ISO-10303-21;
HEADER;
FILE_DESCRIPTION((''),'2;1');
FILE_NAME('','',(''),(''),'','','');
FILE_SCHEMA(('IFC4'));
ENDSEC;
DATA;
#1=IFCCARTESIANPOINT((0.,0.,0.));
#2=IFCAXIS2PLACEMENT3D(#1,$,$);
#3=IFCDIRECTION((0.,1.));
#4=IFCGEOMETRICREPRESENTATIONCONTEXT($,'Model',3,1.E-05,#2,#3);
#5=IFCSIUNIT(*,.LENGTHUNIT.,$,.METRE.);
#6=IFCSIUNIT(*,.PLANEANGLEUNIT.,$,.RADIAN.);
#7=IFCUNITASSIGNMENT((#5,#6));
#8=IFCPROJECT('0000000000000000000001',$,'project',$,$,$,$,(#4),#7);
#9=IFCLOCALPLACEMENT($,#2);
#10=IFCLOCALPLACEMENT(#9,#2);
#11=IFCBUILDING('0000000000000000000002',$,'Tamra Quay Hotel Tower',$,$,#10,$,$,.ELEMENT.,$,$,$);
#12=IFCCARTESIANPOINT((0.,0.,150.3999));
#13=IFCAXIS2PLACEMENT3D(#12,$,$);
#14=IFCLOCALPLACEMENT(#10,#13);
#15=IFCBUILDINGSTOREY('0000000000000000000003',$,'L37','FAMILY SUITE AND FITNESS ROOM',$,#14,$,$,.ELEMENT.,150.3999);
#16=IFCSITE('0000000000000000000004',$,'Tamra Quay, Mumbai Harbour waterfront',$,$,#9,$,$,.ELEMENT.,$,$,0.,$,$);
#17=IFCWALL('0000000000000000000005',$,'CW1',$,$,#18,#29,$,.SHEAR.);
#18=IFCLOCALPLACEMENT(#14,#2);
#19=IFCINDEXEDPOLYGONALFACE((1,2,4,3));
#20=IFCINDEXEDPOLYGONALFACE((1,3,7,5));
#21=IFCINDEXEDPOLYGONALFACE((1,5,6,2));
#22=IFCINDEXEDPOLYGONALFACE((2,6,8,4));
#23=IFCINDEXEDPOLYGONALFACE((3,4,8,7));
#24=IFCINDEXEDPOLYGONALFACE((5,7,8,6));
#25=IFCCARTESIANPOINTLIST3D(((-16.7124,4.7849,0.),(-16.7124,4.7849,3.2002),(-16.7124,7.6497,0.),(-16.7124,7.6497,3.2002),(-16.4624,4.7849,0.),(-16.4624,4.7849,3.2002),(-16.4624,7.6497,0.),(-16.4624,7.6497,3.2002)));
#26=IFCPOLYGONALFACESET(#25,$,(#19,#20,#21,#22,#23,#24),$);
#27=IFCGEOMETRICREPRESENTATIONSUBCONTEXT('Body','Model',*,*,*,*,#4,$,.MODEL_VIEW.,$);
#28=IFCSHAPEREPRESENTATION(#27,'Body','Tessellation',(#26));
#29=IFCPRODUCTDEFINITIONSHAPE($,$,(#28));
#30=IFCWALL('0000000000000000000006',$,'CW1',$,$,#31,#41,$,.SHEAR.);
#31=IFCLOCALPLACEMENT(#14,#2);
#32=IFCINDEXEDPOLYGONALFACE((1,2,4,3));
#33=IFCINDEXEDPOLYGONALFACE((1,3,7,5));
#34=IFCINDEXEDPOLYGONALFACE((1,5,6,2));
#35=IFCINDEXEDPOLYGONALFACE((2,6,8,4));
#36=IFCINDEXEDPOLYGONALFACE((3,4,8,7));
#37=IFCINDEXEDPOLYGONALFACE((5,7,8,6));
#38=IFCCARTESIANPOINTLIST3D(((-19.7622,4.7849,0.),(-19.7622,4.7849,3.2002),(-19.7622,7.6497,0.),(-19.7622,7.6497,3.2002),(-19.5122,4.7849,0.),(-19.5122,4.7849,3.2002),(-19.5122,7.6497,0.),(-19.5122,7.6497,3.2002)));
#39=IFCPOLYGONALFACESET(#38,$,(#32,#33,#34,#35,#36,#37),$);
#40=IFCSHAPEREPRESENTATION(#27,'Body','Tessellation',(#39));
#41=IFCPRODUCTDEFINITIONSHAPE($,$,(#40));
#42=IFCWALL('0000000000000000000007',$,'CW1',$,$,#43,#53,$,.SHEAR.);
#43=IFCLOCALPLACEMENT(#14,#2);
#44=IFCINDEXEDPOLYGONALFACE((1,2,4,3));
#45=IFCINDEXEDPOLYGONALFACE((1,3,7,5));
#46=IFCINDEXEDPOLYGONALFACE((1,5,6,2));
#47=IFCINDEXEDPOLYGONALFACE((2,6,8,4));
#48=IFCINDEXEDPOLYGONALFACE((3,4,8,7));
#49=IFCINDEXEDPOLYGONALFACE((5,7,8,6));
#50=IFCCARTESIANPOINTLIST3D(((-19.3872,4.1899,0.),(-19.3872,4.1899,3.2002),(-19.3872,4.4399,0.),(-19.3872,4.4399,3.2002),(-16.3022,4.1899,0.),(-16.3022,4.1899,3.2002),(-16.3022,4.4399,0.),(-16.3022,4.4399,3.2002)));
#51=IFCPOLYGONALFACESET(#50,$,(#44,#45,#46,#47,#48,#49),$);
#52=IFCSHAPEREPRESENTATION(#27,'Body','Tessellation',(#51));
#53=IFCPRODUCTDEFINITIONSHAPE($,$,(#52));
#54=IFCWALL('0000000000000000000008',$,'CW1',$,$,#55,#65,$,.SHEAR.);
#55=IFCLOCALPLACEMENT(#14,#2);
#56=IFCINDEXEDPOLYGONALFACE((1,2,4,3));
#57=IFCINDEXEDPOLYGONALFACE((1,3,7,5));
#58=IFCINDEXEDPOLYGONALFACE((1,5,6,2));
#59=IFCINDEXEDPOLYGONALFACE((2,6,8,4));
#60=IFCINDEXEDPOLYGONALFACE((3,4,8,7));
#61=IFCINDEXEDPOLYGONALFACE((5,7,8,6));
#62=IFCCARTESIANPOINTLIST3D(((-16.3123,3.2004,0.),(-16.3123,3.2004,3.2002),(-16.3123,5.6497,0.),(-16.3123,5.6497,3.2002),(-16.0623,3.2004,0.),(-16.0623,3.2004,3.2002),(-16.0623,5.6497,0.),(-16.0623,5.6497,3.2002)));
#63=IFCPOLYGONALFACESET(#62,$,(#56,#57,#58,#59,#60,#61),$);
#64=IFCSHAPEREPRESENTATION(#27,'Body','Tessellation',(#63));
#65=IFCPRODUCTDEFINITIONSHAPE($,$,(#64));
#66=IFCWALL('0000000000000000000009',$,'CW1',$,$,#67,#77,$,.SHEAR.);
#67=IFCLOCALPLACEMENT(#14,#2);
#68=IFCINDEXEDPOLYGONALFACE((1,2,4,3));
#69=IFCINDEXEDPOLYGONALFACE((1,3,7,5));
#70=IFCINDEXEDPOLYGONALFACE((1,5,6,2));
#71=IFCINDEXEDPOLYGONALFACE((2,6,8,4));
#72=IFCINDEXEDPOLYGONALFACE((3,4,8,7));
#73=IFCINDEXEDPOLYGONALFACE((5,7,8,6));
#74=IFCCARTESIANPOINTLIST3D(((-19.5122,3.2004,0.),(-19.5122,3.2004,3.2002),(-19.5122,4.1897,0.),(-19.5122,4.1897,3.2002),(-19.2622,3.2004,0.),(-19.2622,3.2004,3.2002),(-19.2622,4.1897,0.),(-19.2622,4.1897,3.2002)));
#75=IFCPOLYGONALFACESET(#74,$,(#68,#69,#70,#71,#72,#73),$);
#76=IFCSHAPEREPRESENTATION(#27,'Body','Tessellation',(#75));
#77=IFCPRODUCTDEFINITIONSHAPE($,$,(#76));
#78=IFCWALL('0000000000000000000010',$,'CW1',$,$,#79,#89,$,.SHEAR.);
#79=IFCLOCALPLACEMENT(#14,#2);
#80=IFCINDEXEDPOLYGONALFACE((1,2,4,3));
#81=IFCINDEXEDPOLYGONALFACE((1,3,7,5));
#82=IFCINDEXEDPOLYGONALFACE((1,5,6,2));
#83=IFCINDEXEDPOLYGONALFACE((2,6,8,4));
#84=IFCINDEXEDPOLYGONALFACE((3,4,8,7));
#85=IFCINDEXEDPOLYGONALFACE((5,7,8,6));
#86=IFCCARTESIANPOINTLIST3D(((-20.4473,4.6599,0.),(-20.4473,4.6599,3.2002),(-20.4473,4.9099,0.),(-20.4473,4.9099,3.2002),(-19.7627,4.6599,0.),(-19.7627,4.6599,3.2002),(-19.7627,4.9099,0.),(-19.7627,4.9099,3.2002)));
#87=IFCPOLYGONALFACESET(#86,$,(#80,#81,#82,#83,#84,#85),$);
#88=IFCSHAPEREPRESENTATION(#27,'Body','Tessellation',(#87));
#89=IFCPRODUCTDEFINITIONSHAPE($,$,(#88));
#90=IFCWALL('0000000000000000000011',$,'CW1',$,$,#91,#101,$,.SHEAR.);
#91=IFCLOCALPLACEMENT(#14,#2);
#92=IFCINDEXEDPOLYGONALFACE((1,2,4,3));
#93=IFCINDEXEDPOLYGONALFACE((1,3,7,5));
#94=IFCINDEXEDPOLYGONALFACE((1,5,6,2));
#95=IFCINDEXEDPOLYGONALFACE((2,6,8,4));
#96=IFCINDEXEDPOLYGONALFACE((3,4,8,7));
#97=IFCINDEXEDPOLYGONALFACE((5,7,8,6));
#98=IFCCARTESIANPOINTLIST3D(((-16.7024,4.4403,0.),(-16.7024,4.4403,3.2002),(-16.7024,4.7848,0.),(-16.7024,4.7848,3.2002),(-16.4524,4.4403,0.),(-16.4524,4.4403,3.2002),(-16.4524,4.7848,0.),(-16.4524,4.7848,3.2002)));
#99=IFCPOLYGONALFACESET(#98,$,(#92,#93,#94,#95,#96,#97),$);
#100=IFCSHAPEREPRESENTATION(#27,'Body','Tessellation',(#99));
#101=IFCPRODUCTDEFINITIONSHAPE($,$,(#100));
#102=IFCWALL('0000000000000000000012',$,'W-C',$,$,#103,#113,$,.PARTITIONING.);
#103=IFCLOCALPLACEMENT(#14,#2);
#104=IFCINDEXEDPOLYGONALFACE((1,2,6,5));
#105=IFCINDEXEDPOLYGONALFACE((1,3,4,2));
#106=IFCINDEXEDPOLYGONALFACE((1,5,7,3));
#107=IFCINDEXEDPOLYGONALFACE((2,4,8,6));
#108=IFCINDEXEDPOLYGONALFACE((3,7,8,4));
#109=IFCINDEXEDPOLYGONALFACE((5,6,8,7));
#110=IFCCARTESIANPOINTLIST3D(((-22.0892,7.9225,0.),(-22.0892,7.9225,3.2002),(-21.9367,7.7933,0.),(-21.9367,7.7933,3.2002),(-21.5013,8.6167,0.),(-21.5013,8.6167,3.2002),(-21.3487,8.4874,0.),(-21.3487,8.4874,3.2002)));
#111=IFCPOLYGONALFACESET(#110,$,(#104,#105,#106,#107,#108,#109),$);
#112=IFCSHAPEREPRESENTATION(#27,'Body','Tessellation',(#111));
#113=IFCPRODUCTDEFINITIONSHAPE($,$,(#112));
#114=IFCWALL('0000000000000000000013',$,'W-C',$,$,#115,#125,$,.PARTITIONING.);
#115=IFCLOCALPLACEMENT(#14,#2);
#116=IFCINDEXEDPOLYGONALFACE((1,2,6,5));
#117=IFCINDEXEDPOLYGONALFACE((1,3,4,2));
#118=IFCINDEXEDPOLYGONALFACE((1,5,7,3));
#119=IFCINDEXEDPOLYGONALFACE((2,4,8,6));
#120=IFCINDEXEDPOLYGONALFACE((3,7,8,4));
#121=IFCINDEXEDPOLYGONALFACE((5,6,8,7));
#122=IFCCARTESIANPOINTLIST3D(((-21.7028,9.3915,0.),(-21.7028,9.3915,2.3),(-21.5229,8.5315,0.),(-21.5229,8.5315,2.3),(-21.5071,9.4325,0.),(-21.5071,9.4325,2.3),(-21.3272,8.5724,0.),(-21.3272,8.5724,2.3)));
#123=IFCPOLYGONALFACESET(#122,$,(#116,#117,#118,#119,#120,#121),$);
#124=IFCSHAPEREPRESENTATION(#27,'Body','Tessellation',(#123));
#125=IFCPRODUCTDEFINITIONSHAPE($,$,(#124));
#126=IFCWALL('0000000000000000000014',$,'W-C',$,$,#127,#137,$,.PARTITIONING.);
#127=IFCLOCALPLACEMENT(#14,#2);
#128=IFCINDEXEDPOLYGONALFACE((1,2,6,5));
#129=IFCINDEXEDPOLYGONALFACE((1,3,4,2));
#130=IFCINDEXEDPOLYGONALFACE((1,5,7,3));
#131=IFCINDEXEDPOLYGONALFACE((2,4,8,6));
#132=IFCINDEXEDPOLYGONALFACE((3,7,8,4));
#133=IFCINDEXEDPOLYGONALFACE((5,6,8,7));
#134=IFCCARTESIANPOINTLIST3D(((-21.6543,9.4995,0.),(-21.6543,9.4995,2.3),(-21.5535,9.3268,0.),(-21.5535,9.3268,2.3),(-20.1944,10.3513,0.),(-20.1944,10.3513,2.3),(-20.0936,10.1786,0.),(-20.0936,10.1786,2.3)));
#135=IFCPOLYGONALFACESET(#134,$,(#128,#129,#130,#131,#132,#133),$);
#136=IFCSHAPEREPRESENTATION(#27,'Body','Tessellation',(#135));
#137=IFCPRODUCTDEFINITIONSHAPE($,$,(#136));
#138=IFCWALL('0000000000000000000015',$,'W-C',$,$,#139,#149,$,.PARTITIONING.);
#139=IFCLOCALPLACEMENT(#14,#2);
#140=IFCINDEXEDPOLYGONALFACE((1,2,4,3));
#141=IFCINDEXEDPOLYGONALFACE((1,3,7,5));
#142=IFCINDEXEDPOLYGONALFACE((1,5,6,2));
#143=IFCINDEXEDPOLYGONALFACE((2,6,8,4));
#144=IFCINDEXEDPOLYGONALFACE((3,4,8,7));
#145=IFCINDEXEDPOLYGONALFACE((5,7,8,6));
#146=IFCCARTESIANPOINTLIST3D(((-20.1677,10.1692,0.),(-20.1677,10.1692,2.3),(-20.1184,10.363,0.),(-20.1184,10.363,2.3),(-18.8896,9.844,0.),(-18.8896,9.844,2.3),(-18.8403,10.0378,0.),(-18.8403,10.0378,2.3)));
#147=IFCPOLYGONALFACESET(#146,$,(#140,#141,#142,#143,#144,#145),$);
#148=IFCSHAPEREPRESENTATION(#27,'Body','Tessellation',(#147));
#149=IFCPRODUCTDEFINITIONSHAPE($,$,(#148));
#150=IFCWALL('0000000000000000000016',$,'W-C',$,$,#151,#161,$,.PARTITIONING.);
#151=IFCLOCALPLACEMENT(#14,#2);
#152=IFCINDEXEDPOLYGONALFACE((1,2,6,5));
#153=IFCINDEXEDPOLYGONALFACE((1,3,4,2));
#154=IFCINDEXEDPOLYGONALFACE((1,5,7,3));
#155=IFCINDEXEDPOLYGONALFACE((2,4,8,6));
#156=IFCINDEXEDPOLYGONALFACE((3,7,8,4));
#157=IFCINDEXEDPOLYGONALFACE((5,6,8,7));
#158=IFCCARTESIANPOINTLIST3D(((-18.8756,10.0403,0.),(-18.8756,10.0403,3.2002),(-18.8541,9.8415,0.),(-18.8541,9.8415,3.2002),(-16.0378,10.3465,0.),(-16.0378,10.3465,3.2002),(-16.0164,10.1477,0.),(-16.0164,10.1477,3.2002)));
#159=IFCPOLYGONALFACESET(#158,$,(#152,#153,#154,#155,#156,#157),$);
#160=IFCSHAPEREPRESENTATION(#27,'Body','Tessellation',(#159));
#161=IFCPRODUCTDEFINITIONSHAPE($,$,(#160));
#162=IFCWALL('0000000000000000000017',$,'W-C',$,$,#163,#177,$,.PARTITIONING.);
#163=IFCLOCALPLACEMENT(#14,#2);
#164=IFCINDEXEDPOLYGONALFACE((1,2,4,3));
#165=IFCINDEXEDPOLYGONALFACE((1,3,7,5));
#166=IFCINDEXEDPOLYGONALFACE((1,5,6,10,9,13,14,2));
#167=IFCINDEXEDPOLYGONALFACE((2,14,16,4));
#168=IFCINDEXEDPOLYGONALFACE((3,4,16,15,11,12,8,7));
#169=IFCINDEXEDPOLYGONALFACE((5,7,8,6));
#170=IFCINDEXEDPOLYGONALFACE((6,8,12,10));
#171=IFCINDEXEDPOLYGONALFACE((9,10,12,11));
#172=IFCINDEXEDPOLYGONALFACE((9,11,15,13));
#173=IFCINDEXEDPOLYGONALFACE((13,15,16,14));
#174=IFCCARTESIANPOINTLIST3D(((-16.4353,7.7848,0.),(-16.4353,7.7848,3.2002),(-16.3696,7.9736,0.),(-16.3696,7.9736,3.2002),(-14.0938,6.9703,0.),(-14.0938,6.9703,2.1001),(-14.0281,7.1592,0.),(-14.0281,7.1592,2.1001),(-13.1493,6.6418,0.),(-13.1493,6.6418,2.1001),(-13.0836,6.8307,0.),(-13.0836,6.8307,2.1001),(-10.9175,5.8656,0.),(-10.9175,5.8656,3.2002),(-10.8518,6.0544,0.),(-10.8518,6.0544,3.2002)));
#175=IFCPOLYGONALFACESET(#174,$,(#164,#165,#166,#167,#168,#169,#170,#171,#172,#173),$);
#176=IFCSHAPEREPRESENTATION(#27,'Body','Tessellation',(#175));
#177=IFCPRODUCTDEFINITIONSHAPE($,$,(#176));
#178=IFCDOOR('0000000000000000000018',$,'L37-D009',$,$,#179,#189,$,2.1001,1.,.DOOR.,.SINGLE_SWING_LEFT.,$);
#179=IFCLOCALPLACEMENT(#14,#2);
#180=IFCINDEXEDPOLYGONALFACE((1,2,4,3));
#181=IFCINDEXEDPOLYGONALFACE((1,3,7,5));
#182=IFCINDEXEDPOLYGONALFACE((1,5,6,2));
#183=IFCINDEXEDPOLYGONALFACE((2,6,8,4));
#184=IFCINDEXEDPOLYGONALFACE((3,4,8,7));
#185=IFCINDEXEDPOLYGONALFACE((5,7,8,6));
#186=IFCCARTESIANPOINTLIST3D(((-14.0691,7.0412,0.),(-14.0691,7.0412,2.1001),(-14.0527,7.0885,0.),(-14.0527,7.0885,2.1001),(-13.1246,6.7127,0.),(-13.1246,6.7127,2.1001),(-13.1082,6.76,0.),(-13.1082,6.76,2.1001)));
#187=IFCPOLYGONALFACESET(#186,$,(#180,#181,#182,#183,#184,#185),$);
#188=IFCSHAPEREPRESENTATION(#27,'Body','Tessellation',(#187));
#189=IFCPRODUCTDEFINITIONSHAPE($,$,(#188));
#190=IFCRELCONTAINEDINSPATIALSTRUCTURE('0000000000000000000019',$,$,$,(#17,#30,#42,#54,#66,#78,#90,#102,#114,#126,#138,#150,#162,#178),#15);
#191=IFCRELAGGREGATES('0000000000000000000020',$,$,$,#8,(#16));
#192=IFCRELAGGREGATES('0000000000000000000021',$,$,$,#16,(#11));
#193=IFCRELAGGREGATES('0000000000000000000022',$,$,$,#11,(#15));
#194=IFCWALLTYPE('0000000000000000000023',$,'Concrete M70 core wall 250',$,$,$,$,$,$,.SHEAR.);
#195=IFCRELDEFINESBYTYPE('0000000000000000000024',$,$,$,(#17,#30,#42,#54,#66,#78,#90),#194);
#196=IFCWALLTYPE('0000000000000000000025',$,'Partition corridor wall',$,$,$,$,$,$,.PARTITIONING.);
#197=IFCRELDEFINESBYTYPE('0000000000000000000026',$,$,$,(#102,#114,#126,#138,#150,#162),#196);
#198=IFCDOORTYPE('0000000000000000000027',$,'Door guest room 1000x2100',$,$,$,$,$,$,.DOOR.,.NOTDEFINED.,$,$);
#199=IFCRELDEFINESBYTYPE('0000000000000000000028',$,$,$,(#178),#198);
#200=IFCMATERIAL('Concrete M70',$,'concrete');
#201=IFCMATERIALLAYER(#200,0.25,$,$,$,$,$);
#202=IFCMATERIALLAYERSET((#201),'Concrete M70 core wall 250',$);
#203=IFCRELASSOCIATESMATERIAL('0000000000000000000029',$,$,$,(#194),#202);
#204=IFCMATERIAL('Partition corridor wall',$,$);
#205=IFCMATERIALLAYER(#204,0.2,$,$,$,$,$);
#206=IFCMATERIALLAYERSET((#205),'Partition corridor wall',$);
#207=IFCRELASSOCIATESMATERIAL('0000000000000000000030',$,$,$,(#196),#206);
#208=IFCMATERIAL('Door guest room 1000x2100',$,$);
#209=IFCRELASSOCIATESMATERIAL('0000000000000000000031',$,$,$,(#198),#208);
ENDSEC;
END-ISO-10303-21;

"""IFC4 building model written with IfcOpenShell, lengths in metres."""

from ifc_helpers import new_model, si_unit, direction, frame, frame_2d, origin, place, context, subcontext, project, spatial, rectangle, extrude, material, layer, layer_set, type_object, element, fill, save


model = new_model("IFC4")

# Units and contexts
model_context = context("Model", 3, precision=1e-05, world=origin(), true_north=direction((0.0, 1.0)))
body_context = subcontext(model_context, "Body", "Model", "MODEL_VIEW")
ifc_project = project(units=[si_unit("LENGTHUNIT", "METRE"), si_unit("PLANEANGLEUNIT", "RADIAN")], contexts=[model_context])

# Site, building, storey
site_placement = place(None, origin())
site = spatial("IfcSite", under=ifc_project, at=site_placement, Name="Tamra Quay, Mumbai Harbour waterfront", CompositionType="ELEMENT", RefElevation=0.0)
building_placement = place(site_placement, origin())
building = spatial("IfcBuilding", under=site, at=building_placement, Name="Tamra Quay Hotel Tower", CompositionType="ELEMENT")
storey_placement = place(building_placement, frame((0.0, 0.0, 150.3999)))
storey = spatial("IfcBuildingStorey", under=building, at=storey_placement, Name="L37", Description="FAMILY SUITE AND FITNESS ROOM", CompositionType="ELEMENT", Elevation=150.3999)

# Shared definitions
ifc_material_1 = material(Name="Concrete M70", Category="concrete")

# Walls
ifc_layer_1 = layer(ifc_material_1, 0.25)
ifc_layer_set_1 = layer_set([ifc_layer_1], Name="Concrete M70 core wall 250")
wall_type_1 = type_object("IfcWallType", Name="Concrete M70 core wall 250", PredefinedType="SHEAR", material=ifc_layer_set_1)
for number, where, z_axis, x_axis, name in (
    (1, (-16.5874, 7.6497, 0.0), (0.0, 0.0, 1.0), (0.0, -1.0, 0.0), "CW1"),
    (2, (-19.6372, 4.7849, 0.0), (0.0, 0.0, 1.0), (0.0, 1.0, 0.0), "CW1"),
):
    element("IfcWall", number, at=place(storey_placement, frame(where, z_axis=z_axis, x_axis=x_axis)), inside=storey, type_object=wall_type_1, Name=name, PredefinedType="SHEAR", context=body_context, shape_type="SweptSolid", body=[
        extrude(rectangle(XDim=2.8647, YDim=0.25, at=frame_2d((1.4324, 0.0))), origin(), (0.0, 0.0, 1.0), 3.2002),
    ])
wall_1_placement = place(storey_placement, frame((-16.3022, 4.3149, 0.0), z_axis=(0.0, 0.0, 1.0), x_axis=(-1.0, 0.0, 0.0)))
element("IfcWall", 3, at=wall_1_placement, inside=storey, type_object=wall_type_1, Name="CW1", PredefinedType="SHEAR", context=body_context, shape_type="SweptSolid", body=[
    extrude(rectangle(XDim=3.085, YDim=0.25, at=frame_2d((1.5425, 0.0))), origin(), (0.0, 0.0, 1.0), 3.2002),
])
wall_2_placement = place(storey_placement, frame((-16.1873, 3.2004, 0.0), z_axis=(0.0, 0.0, 1.0), x_axis=(0.0, 1.0, 0.0)))
element("IfcWall", 4, at=wall_2_placement, inside=storey, type_object=wall_type_1, Name="CW1", PredefinedType="SHEAR", context=body_context, shape_type="SweptSolid", body=[
    extrude(rectangle(XDim=2.4492, YDim=0.25, at=frame_2d((1.2246, 0.0))), origin(), (0.0, 0.0, 1.0), 3.2002),
])
wall_3_placement = place(storey_placement, frame((-19.3872, 4.1897, 0.0), z_axis=(0.0, 0.0, 1.0), x_axis=(0.0, -1.0, 0.0)))
element("IfcWall", 5, at=wall_3_placement, inside=storey, type_object=wall_type_1, Name="CW1", PredefinedType="SHEAR", context=body_context, shape_type="SweptSolid", body=[
    extrude(rectangle(XDim=0.9893, YDim=0.25, at=frame_2d((0.4946, 0.0))), origin(), (0.0, 0.0, 1.0), 3.2002),
])
wall_4_placement = place(storey_placement, frame((-20.4473, 4.7849, 0.0), z_axis=(0.0, 0.0, 1.0), x_axis=(1.0, 0.0, 0.0)))
element("IfcWall", 6, at=wall_4_placement, inside=storey, type_object=wall_type_1, Name="CW1", PredefinedType="SHEAR", context=body_context, shape_type="SweptSolid", body=[
    extrude(rectangle(XDim=0.6846, YDim=0.25, at=frame_2d((0.3423, 0.0))), origin(), (0.0, 0.0, 1.0), 3.2002),
])
wall_5_placement = place(storey_placement, frame((-16.5774, 4.7849, 0.0), z_axis=(0.0, 0.0, 1.0), x_axis=(0.0, -1.0, 0.0)))
element("IfcWall", 7, at=wall_5_placement, inside=storey, type_object=wall_type_1, Name="CW1", PredefinedType="SHEAR", context=body_context, shape_type="SweptSolid", body=[
    extrude(rectangle(XDim=0.3445, YDim=0.25, at=frame_2d((0.1724, 0.0))), origin(), (0.0, 0.0, 1.0), 3.2002),
])
ifc_material_2 = material(Name="Partition corridor wall")
ifc_layer_2 = layer(ifc_material_2, 0.2)
ifc_layer_set_2 = layer_set([ifc_layer_2], Name="Partition corridor wall")
wall_type_2 = type_object("IfcWallType", Name="Partition corridor wall", PredefinedType="PARTITIONING", material=ifc_layer_set_2)
wall_6_placement = place(storey_placement, frame((-22.0129, 7.8579, 0.0), z_axis=(0.0, 0.0, 1.0), x_axis=(0.646315, 0.763071, 0.0)))
element("IfcWall", 8, at=wall_6_placement, inside=storey, type_object=wall_type_2, Name="W-C", PredefinedType="PARTITIONING", context=body_context, shape_type="SweptSolid", body=[
    extrude(rectangle(XDim=0.9097, YDim=0.2, at=frame_2d((0.4548, 0.0))), origin(), (0.0, 0.0, 1.0), 3.2002),
])
wall_7_placement = place(storey_placement, frame((-21.605, 9.4121, 0.0), z_axis=(0.0, 0.0, 1.0), x_axis=(0.204764, -0.978811, 0.0)))
element("IfcWall", 9, at=wall_7_placement, inside=storey, type_object=wall_type_2, Name="W-C", PredefinedType="PARTITIONING", context=body_context, shape_type="SweptSolid", body=[
    extrude(rectangle(XDim=0.8787, YDim=0.2, at=frame_2d((0.4395, 0.0))), origin(), (0.0, 0.0, 1.0), 2.3),
])
wall_8_placement = place(storey_placement, frame((-21.604, 9.4131, 0.0), z_axis=(0.0, 0.0, 1.0), x_axis=(0.863737, 0.503943, 0.0)))
element("IfcWall", 10, at=wall_8_placement, inside=storey, type_object=wall_type_2, Name="W-C", PredefinedType="PARTITIONING", context=body_context, shape_type="SweptSolid", body=[
    extrude(rectangle(XDim=1.6902, YDim=0.2, at=frame_2d((0.8452, 0.0))), origin(), (0.0, 0.0, 1.0), 2.3),
])
wall_9_placement = place(storey_placement, frame((-20.1431, 10.2661, 0.0), z_axis=(0.0, 0.0, 1.0), x_axis=(0.969121, -0.246584, 0.0)))
element("IfcWall", 11, at=wall_9_placement, inside=storey, type_object=wall_type_2, Name="W-C", PredefinedType="PARTITIONING", context=body_context, shape_type="SweptSolid", body=[
    extrude(rectangle(XDim=1.3188, YDim=0.2, at=frame_2d((0.6594, 0.0))), origin(), (0.0, 0.0, 1.0), 2.3),
])
wall_10_placement = place(storey_placement, frame((-18.865, 9.9409, 0.0), z_axis=(0.0, 0.0, 1.0), x_axis=(0.994231, 0.107258, 0.0)))
element("IfcWall", 12, at=wall_10_placement, inside=storey, type_object=wall_type_2, Name="W-C", PredefinedType="PARTITIONING", context=body_context, shape_type="SweptSolid", body=[
    extrude(rectangle(XDim=2.8542, YDim=0.2, at=frame_2d((1.4272, 0.0))), origin(), (0.0, 0.0, 1.0), 3.2002),
])

# Wall, opening, door
wall_11_placement = place(storey_placement, frame((-16.4023, 7.8792, 0.0), z_axis=(0.0, 0.0, 1.0), x_axis=(0.9445, -0.328513, 0.0)))
wall_11 = element("IfcWall", 13, at=wall_11_placement, inside=storey, type_object=wall_type_2, Name="W-C", PredefinedType="PARTITIONING", context=body_context, shape_type="SweptSolid", body=[
    extrude(rectangle(XDim=5.842, YDim=0.2, at=frame_2d((2.9209, 0.0))), origin(), (0.0, 0.0, 1.0), 3.2002),
])
opening_1_placement = place(wall_11_placement, frame((2.479, 0.0, 0.0)))
opening_1 = element("IfcOpeningElement", 14, at=opening_1_placement, cuts=wall_11, PredefinedType="OPENING", context=body_context, shape_type="SweptSolid", body=[
    extrude(rectangle(XDim=1.0, YDim=2.1001, at=frame_2d((0.5, 1.05))), frame((0.0, 0.1099, 0.0), z_axis=(0.0, -1.0, 0.0), x_axis=(1.0, 0.0, 0.0)), (0.0, 0.0, 1.0), 0.22),
])
ifc_material_3 = material(Name="Door guest room 1000x2100")
door_type_1 = type_object("IfcDoorType", Name="Door guest room 1000x2100", OperationType="NOTDEFINED", PredefinedType="DOOR", material=ifc_material_3)
door_1_placement = place(opening_1_placement, frame((1.0, 0.0, 0.0), z_axis=(0.0, 0.0, 1.0), x_axis=(-1.0, 0.0, 0.0)))
door_1 = element("IfcDoor", 15, at=door_1_placement, inside=storey, type_object=door_type_1, Name="L37-D009", OperationType="SINGLE_SWING_LEFT", OverallHeight=2.1001, OverallWidth=1.0, PredefinedType="DOOR", context=body_context, shape_type="SweptSolid", body=[
    extrude(rectangle(XDim=1.0, YDim=2.1001, at=frame_2d((0.5, 1.05))), frame((0.0, 0.0249, 0.0), z_axis=(0.0, -1.0, 0.0), x_axis=(1.0, 0.0, 0.0)), (0.0, 0.0, 1.0), 0.05),
])
fill(opening_1, door_1)

save(model, "model.ifc")
